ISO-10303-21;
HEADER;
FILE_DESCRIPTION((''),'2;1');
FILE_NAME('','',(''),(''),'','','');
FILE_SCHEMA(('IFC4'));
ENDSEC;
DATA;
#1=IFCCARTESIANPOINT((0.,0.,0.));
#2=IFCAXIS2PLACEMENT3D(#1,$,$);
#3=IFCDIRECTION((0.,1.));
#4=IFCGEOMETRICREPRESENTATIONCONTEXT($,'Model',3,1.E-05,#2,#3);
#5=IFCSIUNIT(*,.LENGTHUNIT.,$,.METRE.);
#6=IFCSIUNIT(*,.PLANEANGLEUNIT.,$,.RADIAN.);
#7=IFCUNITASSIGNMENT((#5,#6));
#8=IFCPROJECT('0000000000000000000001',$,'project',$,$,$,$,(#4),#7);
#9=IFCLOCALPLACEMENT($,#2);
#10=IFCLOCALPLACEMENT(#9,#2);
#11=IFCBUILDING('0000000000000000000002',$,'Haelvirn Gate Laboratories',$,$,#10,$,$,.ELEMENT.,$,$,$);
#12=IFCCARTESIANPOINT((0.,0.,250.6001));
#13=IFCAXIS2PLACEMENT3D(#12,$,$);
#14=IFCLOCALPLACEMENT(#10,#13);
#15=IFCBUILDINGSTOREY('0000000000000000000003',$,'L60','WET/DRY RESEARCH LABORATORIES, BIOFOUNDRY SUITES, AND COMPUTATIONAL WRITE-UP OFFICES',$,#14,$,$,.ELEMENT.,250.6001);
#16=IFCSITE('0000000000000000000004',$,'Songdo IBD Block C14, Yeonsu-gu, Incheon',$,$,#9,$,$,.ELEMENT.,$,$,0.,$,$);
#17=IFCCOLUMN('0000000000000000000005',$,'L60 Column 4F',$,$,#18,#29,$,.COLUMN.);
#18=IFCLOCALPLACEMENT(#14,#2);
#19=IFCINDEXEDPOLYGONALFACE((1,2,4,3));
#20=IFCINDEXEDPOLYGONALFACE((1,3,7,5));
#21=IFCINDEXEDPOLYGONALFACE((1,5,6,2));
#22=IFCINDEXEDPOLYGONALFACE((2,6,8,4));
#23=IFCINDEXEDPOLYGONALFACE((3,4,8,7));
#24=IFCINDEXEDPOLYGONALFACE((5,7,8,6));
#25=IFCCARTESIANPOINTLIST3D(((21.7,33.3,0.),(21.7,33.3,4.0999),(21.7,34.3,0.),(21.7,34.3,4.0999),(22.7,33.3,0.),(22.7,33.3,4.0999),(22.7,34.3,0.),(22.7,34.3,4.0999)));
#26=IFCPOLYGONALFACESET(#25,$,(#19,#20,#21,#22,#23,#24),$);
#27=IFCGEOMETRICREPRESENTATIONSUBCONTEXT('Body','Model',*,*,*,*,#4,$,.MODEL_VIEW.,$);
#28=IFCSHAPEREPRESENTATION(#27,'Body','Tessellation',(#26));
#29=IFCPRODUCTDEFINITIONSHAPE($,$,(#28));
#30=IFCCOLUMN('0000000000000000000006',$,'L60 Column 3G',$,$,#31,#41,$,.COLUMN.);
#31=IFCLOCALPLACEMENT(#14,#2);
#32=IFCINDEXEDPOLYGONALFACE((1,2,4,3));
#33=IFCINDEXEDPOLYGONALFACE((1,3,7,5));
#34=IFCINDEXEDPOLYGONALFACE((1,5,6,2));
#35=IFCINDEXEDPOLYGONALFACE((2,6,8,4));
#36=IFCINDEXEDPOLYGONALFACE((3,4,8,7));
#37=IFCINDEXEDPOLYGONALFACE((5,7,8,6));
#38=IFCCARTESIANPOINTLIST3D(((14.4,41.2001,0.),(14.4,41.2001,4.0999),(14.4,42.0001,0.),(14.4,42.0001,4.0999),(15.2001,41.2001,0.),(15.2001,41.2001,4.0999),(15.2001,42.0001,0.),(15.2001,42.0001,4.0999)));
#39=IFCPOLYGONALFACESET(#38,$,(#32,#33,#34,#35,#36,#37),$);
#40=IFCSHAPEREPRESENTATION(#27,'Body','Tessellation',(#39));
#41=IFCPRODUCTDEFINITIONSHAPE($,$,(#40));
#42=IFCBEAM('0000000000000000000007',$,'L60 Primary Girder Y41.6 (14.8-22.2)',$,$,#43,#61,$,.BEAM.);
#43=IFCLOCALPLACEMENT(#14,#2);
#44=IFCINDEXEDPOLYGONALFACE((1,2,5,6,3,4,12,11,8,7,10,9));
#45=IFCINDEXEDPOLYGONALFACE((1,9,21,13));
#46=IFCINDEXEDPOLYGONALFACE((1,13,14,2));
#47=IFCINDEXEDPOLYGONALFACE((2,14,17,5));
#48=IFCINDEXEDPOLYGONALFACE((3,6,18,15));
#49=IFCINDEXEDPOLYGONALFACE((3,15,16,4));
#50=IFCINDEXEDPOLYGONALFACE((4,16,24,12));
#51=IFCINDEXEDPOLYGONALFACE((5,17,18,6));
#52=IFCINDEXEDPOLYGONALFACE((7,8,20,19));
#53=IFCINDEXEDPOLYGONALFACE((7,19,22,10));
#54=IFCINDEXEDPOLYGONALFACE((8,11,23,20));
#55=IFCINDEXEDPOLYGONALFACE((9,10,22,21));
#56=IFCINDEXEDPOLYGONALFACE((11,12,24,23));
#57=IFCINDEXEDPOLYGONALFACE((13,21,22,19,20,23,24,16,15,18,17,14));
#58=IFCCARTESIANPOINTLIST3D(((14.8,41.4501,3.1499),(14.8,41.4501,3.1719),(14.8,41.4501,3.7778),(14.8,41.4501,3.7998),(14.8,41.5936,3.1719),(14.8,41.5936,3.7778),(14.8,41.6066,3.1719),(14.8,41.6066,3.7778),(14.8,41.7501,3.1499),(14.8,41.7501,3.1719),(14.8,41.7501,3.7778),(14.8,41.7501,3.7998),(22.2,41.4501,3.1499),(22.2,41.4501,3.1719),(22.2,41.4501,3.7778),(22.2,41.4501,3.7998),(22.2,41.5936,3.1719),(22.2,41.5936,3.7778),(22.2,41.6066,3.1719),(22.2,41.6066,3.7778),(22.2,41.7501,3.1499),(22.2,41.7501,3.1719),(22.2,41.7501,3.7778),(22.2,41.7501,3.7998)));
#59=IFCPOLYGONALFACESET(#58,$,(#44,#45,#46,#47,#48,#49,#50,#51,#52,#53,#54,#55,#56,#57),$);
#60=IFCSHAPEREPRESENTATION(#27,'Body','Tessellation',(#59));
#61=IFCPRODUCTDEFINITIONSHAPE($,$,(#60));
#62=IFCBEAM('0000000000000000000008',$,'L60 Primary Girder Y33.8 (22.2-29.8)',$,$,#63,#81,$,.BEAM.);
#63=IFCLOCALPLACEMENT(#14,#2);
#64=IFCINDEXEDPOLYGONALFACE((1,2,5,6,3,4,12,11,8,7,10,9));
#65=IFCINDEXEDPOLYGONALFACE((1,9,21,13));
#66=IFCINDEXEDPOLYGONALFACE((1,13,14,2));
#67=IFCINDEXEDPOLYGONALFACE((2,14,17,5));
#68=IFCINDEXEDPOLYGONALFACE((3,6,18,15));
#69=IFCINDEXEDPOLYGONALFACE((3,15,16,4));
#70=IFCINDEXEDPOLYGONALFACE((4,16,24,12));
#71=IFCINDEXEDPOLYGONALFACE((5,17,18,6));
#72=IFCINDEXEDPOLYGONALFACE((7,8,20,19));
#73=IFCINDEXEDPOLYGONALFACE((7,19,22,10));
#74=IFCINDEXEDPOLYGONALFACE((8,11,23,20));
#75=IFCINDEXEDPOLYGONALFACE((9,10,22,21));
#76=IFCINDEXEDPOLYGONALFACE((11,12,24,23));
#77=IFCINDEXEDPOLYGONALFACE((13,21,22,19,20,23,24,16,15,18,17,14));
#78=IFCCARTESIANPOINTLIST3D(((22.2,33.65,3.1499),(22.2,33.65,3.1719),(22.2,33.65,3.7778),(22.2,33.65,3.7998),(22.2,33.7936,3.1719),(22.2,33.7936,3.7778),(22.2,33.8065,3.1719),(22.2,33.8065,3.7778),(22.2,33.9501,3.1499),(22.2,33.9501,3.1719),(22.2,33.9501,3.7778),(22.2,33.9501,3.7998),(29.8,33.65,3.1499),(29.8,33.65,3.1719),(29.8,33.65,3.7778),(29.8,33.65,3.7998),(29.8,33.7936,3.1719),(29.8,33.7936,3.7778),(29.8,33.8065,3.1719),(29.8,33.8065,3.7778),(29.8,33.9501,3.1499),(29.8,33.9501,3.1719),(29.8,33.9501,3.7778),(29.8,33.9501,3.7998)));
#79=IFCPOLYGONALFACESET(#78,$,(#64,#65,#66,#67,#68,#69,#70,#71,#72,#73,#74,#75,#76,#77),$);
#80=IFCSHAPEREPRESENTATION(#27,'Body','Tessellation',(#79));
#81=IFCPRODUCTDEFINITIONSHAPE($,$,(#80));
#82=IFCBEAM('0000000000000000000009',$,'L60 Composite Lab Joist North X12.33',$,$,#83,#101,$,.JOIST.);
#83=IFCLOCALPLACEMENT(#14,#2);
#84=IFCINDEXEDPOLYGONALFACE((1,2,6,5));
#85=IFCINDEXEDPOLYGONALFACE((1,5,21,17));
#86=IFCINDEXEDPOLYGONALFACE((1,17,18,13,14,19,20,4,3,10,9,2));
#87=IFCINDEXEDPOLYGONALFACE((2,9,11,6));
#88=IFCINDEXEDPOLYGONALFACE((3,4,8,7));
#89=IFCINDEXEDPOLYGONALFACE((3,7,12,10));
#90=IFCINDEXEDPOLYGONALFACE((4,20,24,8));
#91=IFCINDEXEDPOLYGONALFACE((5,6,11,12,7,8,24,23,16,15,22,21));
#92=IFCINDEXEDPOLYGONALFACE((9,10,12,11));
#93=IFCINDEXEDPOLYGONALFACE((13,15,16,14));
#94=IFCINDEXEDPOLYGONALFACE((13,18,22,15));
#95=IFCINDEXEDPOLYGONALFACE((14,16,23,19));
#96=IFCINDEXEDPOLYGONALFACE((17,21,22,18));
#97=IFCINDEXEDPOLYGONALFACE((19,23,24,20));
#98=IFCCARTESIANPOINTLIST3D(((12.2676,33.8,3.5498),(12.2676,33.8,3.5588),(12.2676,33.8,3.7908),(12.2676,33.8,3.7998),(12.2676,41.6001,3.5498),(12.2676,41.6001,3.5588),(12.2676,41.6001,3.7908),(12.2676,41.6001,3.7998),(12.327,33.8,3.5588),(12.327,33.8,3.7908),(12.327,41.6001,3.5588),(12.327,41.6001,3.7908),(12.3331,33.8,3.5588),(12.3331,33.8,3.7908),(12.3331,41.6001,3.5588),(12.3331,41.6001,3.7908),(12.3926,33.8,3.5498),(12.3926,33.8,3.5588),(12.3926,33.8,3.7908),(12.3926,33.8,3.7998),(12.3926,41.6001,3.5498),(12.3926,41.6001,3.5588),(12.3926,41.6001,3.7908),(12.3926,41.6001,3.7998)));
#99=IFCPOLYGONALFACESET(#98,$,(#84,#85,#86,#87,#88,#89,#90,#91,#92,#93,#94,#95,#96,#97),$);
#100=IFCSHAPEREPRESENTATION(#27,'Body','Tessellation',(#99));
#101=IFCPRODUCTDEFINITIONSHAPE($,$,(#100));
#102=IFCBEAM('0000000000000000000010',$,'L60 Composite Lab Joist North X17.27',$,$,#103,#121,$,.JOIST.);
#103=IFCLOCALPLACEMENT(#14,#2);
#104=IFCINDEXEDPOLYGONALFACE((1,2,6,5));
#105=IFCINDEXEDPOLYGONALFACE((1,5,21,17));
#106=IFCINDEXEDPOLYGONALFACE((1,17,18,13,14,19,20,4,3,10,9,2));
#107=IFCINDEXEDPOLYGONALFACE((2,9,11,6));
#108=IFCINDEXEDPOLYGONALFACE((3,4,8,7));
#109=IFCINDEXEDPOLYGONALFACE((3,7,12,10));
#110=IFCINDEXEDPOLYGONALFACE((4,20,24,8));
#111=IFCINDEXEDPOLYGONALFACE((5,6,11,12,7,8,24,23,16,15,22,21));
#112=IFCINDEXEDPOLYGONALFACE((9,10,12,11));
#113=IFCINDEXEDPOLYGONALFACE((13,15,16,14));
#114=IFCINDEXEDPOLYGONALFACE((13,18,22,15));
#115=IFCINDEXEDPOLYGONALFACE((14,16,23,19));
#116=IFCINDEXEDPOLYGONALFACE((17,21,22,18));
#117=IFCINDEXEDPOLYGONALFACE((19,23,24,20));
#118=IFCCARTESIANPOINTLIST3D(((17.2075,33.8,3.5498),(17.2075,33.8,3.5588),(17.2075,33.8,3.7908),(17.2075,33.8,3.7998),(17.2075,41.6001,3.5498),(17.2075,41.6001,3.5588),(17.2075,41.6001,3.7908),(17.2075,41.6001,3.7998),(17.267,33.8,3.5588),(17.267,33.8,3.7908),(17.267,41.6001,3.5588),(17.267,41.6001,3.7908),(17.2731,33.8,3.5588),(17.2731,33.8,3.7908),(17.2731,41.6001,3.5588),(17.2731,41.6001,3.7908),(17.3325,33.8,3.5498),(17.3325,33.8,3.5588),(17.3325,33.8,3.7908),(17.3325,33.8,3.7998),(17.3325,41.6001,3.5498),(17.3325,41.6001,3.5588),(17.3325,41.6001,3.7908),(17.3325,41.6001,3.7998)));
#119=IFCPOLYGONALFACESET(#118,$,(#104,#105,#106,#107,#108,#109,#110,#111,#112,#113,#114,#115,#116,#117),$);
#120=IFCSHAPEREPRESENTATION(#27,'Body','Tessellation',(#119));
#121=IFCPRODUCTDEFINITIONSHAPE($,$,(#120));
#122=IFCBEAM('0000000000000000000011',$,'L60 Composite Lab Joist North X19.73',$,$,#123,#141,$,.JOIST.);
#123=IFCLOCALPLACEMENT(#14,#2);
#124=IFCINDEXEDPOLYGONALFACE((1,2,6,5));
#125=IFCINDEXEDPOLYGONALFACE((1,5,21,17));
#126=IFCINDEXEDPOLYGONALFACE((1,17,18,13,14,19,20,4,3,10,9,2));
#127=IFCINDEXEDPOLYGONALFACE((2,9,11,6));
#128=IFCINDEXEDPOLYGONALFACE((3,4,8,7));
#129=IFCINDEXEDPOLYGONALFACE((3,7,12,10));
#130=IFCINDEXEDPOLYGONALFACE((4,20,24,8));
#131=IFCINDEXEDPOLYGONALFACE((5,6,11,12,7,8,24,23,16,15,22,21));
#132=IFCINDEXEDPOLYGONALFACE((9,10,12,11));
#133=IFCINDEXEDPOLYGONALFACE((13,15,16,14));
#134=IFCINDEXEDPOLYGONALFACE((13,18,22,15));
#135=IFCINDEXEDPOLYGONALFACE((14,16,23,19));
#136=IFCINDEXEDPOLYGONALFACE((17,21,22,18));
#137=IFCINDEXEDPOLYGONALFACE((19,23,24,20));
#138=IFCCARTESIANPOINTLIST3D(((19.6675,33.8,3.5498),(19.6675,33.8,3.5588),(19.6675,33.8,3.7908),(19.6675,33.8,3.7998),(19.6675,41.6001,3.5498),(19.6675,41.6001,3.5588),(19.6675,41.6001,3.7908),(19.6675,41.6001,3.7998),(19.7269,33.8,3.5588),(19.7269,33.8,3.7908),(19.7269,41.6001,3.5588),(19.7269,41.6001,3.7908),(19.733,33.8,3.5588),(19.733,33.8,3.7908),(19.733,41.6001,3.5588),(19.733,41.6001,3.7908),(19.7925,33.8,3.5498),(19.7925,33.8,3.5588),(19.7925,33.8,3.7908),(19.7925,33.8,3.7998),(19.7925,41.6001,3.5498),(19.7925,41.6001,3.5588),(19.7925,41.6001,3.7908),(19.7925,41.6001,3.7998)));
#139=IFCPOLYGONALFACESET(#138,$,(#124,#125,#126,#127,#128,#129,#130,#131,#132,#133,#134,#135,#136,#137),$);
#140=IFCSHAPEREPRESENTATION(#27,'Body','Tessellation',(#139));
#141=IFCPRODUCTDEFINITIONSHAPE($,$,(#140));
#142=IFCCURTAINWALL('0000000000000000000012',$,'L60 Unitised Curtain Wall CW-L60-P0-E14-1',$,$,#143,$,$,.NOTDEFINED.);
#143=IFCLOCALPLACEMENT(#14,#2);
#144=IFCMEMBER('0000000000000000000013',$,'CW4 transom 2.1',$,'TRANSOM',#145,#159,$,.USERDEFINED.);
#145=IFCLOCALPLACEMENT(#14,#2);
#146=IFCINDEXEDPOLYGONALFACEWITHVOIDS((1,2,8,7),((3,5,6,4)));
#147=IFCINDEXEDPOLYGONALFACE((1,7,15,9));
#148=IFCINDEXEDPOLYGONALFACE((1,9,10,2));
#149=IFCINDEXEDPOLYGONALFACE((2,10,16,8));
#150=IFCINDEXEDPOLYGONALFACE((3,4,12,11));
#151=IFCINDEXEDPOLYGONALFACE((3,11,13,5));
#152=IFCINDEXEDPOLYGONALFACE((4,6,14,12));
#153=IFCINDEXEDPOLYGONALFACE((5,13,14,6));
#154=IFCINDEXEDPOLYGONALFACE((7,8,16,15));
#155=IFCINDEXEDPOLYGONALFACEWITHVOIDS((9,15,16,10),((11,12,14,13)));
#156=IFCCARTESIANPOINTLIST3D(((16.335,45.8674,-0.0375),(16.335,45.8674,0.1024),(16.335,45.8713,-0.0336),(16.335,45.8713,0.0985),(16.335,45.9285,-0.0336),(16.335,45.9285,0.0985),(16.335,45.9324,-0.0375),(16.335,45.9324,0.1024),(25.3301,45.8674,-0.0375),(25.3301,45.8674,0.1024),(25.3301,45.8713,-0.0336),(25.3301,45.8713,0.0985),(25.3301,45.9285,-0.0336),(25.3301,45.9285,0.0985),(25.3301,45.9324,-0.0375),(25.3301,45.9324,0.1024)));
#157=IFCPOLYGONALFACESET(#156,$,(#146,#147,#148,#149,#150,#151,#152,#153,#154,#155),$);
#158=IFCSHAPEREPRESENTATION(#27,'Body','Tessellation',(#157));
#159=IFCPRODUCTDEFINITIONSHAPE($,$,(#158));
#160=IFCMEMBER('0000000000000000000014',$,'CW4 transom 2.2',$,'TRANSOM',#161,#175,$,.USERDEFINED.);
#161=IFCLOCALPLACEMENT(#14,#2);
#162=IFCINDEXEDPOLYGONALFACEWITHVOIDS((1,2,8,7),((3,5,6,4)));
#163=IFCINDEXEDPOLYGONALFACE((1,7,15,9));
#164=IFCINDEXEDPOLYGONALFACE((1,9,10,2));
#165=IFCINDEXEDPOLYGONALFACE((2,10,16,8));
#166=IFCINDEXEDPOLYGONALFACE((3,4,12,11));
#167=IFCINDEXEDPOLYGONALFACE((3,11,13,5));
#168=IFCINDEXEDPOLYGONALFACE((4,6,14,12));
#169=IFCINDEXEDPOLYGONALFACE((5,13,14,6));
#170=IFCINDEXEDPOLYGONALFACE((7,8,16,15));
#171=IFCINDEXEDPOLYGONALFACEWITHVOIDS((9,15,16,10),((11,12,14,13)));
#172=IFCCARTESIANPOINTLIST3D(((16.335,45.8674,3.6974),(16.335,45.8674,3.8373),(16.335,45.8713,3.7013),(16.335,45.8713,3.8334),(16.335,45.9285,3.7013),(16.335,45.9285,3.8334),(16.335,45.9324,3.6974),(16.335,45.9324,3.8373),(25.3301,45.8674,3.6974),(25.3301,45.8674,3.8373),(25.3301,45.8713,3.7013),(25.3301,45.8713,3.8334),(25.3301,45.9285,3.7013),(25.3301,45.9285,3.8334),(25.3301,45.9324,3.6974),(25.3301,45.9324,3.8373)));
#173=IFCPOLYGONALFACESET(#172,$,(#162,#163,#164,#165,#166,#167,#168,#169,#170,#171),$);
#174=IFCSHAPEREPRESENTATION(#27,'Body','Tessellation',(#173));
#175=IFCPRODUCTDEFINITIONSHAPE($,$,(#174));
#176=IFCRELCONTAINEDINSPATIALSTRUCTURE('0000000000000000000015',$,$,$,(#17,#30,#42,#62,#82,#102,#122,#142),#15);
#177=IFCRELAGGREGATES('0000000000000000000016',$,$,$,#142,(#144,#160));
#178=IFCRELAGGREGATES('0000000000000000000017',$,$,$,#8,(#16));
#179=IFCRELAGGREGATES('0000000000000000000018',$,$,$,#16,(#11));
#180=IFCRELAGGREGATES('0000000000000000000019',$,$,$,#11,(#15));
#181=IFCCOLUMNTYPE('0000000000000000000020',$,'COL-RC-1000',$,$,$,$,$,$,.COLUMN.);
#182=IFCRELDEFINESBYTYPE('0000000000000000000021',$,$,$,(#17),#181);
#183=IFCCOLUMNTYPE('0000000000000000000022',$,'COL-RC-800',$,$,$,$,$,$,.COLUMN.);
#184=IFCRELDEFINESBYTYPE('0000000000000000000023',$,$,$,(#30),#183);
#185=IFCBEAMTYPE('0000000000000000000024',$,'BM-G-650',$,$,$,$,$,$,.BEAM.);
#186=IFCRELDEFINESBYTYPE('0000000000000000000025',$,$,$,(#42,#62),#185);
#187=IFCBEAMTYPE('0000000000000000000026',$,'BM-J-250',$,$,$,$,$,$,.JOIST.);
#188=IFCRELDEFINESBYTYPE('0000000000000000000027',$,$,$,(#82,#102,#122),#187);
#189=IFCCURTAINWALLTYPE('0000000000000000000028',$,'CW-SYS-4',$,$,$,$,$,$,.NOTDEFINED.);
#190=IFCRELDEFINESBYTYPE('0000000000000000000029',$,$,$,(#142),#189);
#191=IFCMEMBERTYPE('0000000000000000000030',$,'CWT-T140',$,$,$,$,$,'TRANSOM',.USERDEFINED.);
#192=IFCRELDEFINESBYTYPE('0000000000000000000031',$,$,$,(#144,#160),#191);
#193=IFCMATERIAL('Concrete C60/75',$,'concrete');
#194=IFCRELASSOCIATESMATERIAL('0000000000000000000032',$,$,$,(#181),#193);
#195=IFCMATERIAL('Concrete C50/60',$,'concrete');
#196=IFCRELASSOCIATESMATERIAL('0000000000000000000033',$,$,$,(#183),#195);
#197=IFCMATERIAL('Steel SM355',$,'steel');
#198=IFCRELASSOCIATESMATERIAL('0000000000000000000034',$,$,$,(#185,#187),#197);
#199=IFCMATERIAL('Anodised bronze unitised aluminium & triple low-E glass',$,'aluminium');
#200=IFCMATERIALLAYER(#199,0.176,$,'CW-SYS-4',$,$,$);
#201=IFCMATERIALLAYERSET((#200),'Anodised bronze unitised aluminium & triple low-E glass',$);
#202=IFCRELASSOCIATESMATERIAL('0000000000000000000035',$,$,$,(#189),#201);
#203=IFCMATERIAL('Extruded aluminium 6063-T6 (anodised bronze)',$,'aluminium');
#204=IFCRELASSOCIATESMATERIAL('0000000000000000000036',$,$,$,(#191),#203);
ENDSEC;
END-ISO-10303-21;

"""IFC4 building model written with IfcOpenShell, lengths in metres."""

from ifc_helpers import new_model, si_unit, direction, frame, origin, origin_2d, place, context, subcontext, project, spatial, rectangle, hollow_rectangle, i_section, extrude, source, transform, mapped, material, layer, layer_set, material_profile, profile_set, type_object, type_shapes, element, aggregate, save


model = new_model("IFC4")

# Units and contexts
model_context = context("Model", 3, precision=1e-05, world=origin(), true_north=direction((0.0, 1.0)))
body_context = subcontext(model_context, "Body", "Model", "MODEL_VIEW")
ifc_project = project(units=[si_unit("LENGTHUNIT", "METRE"), si_unit("PLANEANGLEUNIT", "RADIAN")], contexts=[model_context])

# Site, building, storey
site_placement = place(None, origin())
site = spatial("IfcSite", under=ifc_project, at=site_placement, Name="Songdo IBD Block C14, Yeonsu-gu, Incheon", CompositionType="ELEMENT", RefElevation=0.0)
building_placement = place(site_placement, origin())
building = spatial("IfcBuilding", under=site, at=building_placement, Name="Haelvirn Gate Laboratories", CompositionType="ELEMENT")
storey_placement = place(building_placement, frame((0.0, 0.0, 250.6001)))
storey = spatial("IfcBuildingStorey", under=building, at=storey_placement, Name="L60", Description="WET/DRY RESEARCH LABORATORIES, BIOFOUNDRY SUITES, AND COMPUTATIONAL WRITE-UP OFFICES", CompositionType="ELEMENT", Elevation=250.6001)

# Columns
ifc_material_1 = material(Name="Concrete C60/75", Category="concrete")
ifc_material_profile_1 = material_profile(ifc_material_1, rectangle(XDim=1.0, YDim=1.0, at=origin_2d()), Name="RC-1000x1000")
ifc_profile_set_1 = profile_set([ifc_material_profile_1], Name="Concrete C60/75")
column_type_1 = type_object("IfcColumnType", Name="COL-RC-1000", PredefinedType="COLUMN", material=ifc_profile_set_1)
shared_shape_1 = source(origin(), body_context, "Body", "SweptSolid", [
    extrude(rectangle(XDim=1.0, YDim=1.0, at=origin_2d()), origin(), (0.0, 0.0, 1.0), 4.0999),
])
type_shapes(column_type_1, [shared_shape_1])
column_1_placement = place(storey_placement, frame((22.2, 33.8, 0.0), z_axis=(0.0, 0.0, 1.0), x_axis=(1.0, 0.0, 0.0)))
element("IfcColumn", 1, at=column_1_placement, inside=storey, type_object=column_type_1, Name="L60 Column 4F", PredefinedType="COLUMN", context=body_context, shape_type="MappedRepresentation", body=[
    mapped(shared_shape_1, transform((0.0, 0.0, 0.0), scale=1.0)),
])
ifc_material_2 = material(Name="Concrete C50/60", Category="concrete")
ifc_material_profile_2 = material_profile(ifc_material_2, rectangle(XDim=0.8, YDim=0.8, at=origin_2d()), Name="RC-800x800")
ifc_profile_set_2 = profile_set([ifc_material_profile_2], Name="Concrete C50/60")
column_type_2 = type_object("IfcColumnType", Name="COL-RC-800", PredefinedType="COLUMN", material=ifc_profile_set_2)
shared_shape_2 = source(origin(), body_context, "Body", "SweptSolid", [
    extrude(rectangle(XDim=0.8, YDim=0.8, at=origin_2d()), origin(), (0.0, 0.0, 1.0), 4.0999),
])
type_shapes(column_type_2, [shared_shape_2])
column_2_placement = place(storey_placement, frame((14.8, 41.6001, 0.0), z_axis=(0.0, 0.0, 1.0), x_axis=(1.0, 0.0, 0.0)))
element("IfcColumn", 2, at=column_2_placement, inside=storey, type_object=column_type_2, Name="L60 Column 3G", PredefinedType="COLUMN", context=body_context, shape_type="MappedRepresentation", body=[
    mapped(shared_shape_2, transform((0.0, 0.0, 0.0), scale=1.0)),
])

# Beams
ifc_material_3 = material(Name="Steel SM355", Category="steel")
ifc_material_profile_3 = material_profile(ifc_material_3, i_section(OverallWidth=0.3, OverallDepth=0.6499, WebThickness=0.0129, FlangeThickness=0.022, at=origin_2d()), Name="H-650x300x13x22")
ifc_profile_set_3 = profile_set([ifc_material_profile_3], Name="Steel SM355")
beam_type_1 = type_object("IfcBeamType", Name="BM-G-650", PredefinedType="BEAM", material=ifc_profile_set_3)
shared_shape_3 = source(origin(), body_context, "Body", "SweptSolid", [
    extrude(i_section(OverallWidth=0.3, OverallDepth=0.6499, WebThickness=0.0129, FlangeThickness=0.022, at=origin_2d()), origin(), (0.0, 0.0, 1.0), 7.3999),
])
beam_1_placement = place(storey_placement, frame((14.8, 41.6001, 3.4749), z_axis=(1.0, 0.0, 0.0), x_axis=(0.0, 1.0, 0.0)))
element("IfcBeam", 3, at=beam_1_placement, inside=storey, type_object=beam_type_1, Name="L60 Primary Girder Y41.6 (14.8-22.2)", PredefinedType="BEAM", context=body_context, shape_type="MappedRepresentation", body=[
    mapped(shared_shape_3, transform((0.0, 0.0, 0.0), scale=1.0)),
])
shared_shape_4 = source(origin(), body_context, "Body", "SweptSolid", [
    extrude(i_section(OverallWidth=0.3, OverallDepth=0.6499, WebThickness=0.0129, FlangeThickness=0.022, at=origin_2d()), origin(), (0.0, 0.0, 1.0), 7.6001),
])
type_shapes(beam_type_1, [shared_shape_3, shared_shape_4])
beam_2_placement = place(storey_placement, frame((22.2, 33.8, 3.4749), z_axis=(1.0, 0.0, 0.0), x_axis=(0.0, 1.0, 0.0)))
element("IfcBeam", 4, at=beam_2_placement, inside=storey, type_object=beam_type_1, Name="L60 Primary Girder Y33.8 (22.2-29.8)", PredefinedType="BEAM", context=body_context, shape_type="MappedRepresentation", body=[
    mapped(shared_shape_4, transform((0.0, 0.0, 0.0), scale=1.0)),
])
ifc_material_profile_4 = material_profile(ifc_material_3, i_section(OverallWidth=0.125, OverallDepth=0.25, WebThickness=0.0061, FlangeThickness=0.009, at=origin_2d()), Name="H-250x125x6x9")
ifc_profile_set_4 = profile_set([ifc_material_profile_4], Name="Steel SM355")
beam_type_2 = type_object("IfcBeamType", Name="BM-J-250", PredefinedType="JOIST", material=ifc_profile_set_4)
shared_shape_5 = source(origin(), body_context, "Body", "SweptSolid", [
    extrude(i_section(OverallWidth=0.125, OverallDepth=0.25, WebThickness=0.0061, FlangeThickness=0.009, at=origin_2d()), origin(), (0.0, 0.0, 1.0), 7.8),
])
type_shapes(beam_type_2, [shared_shape_5])
for number, where, z_axis, x_axis, name in (
    (5, (12.3301, 33.8, 3.6748), (0.0, 1.0, 0.0), (-1.0, 0.0, 0.0), "L60 Composite Lab Joist North X12.33"),
    (6, (17.27, 33.8, 3.6748), (0.0, 1.0, 0.0), (-1.0, 0.0, 0.0), "L60 Composite Lab Joist North X17.27"),
    (7, (19.73, 33.8, 3.6748), (0.0, 1.0, 0.0), (-1.0, 0.0, 0.0), "L60 Composite Lab Joist North X19.73"),
):
    element("IfcBeam", number, at=place(storey_placement, frame(where, z_axis=z_axis, x_axis=x_axis)), inside=storey, type_object=beam_type_2, Name=name, PredefinedType="JOIST", context=body_context, shape_type="MappedRepresentation", body=[
        mapped(shared_shape_5, transform((0.0, 0.0, 0.0), scale=1.0)),
    ])

# Curtain wall, members
ifc_material_4 = material(Name="Anodised bronze unitised aluminium & triple low-E glass", Category="aluminium")
ifc_layer_1 = layer(ifc_material_4, 0.176, Name="CW-SYS-4")
ifc_layer_set_1 = layer_set([ifc_layer_1], Name="Anodised bronze unitised aluminium & triple low-E glass")
curtain_wall_type = type_object("IfcCurtainWallType", Name="CW-SYS-4", PredefinedType="NOTDEFINED", material=ifc_layer_set_1)
curtain_wall_placement = place(storey_placement, origin())
curtain_wall = element("IfcCurtainWall", 8, at=curtain_wall_placement, inside=storey, type_object=curtain_wall_type, Name="L60 Unitised Curtain Wall CW-L60-P0-E14-1", PredefinedType="NOTDEFINED")
ifc_material_5 = material(Name="Extruded aluminium 6063-T6 (anodised bronze)", Category="aluminium")
ifc_material_profile_5 = material_profile(ifc_material_5, hollow_rectangle(XDim=0.0649, YDim=0.1399, WallThickness=0.0039, at=origin_2d()), Name="CWT-140x65x4")
ifc_profile_set_5 = profile_set([ifc_material_profile_5], Name="Extruded aluminium 6063-T6 (anodised bronze)")
member_type_1 = type_object("IfcMemberType", Name="CWT-T140", ElementType="TRANSOM", PredefinedType="USERDEFINED", material=ifc_profile_set_5)
shared_shape_6 = source(origin(), body_context, "Body", "SweptSolid", [
    extrude(hollow_rectangle(XDim=0.0649, YDim=0.1399, WallThickness=0.0039, at=origin_2d()), origin(), (0.0, 0.0, 1.0), 8.9951),
])
type_shapes(member_type_1, [shared_shape_6])
member_1_placement = place(storey_placement, frame((16.335, 45.8999, 0.0325), z_axis=(1.0, 0.0, 0.0), x_axis=(0.0, 1.0, 0.0)))
member_1 = element("IfcMember", 9, at=member_1_placement, type_object=member_type_1, Name="CW4 transom 2.1", ObjectType="TRANSOM", PredefinedType="USERDEFINED", context=body_context, shape_type="MappedRepresentation", body=[
    mapped(shared_shape_6, transform((0.0, 0.0, 0.0), scale=1.0)),
])
member_2_placement = place(storey_placement, frame((16.335, 45.8999, 3.7673), z_axis=(1.0, 0.0, 0.0), x_axis=(0.0, 1.0, 0.0)))
member_2 = element("IfcMember", 10, at=member_2_placement, type_object=member_type_1, Name="CW4 transom 2.2", ObjectType="TRANSOM", PredefinedType="USERDEFINED", context=body_context, shape_type="MappedRepresentation", body=[
    mapped(shared_shape_6, transform((0.0, 0.0, 0.0), scale=1.0)),
])
aggregate(curtain_wall, [member_1, member_2])

save(model, "model.ifc")
